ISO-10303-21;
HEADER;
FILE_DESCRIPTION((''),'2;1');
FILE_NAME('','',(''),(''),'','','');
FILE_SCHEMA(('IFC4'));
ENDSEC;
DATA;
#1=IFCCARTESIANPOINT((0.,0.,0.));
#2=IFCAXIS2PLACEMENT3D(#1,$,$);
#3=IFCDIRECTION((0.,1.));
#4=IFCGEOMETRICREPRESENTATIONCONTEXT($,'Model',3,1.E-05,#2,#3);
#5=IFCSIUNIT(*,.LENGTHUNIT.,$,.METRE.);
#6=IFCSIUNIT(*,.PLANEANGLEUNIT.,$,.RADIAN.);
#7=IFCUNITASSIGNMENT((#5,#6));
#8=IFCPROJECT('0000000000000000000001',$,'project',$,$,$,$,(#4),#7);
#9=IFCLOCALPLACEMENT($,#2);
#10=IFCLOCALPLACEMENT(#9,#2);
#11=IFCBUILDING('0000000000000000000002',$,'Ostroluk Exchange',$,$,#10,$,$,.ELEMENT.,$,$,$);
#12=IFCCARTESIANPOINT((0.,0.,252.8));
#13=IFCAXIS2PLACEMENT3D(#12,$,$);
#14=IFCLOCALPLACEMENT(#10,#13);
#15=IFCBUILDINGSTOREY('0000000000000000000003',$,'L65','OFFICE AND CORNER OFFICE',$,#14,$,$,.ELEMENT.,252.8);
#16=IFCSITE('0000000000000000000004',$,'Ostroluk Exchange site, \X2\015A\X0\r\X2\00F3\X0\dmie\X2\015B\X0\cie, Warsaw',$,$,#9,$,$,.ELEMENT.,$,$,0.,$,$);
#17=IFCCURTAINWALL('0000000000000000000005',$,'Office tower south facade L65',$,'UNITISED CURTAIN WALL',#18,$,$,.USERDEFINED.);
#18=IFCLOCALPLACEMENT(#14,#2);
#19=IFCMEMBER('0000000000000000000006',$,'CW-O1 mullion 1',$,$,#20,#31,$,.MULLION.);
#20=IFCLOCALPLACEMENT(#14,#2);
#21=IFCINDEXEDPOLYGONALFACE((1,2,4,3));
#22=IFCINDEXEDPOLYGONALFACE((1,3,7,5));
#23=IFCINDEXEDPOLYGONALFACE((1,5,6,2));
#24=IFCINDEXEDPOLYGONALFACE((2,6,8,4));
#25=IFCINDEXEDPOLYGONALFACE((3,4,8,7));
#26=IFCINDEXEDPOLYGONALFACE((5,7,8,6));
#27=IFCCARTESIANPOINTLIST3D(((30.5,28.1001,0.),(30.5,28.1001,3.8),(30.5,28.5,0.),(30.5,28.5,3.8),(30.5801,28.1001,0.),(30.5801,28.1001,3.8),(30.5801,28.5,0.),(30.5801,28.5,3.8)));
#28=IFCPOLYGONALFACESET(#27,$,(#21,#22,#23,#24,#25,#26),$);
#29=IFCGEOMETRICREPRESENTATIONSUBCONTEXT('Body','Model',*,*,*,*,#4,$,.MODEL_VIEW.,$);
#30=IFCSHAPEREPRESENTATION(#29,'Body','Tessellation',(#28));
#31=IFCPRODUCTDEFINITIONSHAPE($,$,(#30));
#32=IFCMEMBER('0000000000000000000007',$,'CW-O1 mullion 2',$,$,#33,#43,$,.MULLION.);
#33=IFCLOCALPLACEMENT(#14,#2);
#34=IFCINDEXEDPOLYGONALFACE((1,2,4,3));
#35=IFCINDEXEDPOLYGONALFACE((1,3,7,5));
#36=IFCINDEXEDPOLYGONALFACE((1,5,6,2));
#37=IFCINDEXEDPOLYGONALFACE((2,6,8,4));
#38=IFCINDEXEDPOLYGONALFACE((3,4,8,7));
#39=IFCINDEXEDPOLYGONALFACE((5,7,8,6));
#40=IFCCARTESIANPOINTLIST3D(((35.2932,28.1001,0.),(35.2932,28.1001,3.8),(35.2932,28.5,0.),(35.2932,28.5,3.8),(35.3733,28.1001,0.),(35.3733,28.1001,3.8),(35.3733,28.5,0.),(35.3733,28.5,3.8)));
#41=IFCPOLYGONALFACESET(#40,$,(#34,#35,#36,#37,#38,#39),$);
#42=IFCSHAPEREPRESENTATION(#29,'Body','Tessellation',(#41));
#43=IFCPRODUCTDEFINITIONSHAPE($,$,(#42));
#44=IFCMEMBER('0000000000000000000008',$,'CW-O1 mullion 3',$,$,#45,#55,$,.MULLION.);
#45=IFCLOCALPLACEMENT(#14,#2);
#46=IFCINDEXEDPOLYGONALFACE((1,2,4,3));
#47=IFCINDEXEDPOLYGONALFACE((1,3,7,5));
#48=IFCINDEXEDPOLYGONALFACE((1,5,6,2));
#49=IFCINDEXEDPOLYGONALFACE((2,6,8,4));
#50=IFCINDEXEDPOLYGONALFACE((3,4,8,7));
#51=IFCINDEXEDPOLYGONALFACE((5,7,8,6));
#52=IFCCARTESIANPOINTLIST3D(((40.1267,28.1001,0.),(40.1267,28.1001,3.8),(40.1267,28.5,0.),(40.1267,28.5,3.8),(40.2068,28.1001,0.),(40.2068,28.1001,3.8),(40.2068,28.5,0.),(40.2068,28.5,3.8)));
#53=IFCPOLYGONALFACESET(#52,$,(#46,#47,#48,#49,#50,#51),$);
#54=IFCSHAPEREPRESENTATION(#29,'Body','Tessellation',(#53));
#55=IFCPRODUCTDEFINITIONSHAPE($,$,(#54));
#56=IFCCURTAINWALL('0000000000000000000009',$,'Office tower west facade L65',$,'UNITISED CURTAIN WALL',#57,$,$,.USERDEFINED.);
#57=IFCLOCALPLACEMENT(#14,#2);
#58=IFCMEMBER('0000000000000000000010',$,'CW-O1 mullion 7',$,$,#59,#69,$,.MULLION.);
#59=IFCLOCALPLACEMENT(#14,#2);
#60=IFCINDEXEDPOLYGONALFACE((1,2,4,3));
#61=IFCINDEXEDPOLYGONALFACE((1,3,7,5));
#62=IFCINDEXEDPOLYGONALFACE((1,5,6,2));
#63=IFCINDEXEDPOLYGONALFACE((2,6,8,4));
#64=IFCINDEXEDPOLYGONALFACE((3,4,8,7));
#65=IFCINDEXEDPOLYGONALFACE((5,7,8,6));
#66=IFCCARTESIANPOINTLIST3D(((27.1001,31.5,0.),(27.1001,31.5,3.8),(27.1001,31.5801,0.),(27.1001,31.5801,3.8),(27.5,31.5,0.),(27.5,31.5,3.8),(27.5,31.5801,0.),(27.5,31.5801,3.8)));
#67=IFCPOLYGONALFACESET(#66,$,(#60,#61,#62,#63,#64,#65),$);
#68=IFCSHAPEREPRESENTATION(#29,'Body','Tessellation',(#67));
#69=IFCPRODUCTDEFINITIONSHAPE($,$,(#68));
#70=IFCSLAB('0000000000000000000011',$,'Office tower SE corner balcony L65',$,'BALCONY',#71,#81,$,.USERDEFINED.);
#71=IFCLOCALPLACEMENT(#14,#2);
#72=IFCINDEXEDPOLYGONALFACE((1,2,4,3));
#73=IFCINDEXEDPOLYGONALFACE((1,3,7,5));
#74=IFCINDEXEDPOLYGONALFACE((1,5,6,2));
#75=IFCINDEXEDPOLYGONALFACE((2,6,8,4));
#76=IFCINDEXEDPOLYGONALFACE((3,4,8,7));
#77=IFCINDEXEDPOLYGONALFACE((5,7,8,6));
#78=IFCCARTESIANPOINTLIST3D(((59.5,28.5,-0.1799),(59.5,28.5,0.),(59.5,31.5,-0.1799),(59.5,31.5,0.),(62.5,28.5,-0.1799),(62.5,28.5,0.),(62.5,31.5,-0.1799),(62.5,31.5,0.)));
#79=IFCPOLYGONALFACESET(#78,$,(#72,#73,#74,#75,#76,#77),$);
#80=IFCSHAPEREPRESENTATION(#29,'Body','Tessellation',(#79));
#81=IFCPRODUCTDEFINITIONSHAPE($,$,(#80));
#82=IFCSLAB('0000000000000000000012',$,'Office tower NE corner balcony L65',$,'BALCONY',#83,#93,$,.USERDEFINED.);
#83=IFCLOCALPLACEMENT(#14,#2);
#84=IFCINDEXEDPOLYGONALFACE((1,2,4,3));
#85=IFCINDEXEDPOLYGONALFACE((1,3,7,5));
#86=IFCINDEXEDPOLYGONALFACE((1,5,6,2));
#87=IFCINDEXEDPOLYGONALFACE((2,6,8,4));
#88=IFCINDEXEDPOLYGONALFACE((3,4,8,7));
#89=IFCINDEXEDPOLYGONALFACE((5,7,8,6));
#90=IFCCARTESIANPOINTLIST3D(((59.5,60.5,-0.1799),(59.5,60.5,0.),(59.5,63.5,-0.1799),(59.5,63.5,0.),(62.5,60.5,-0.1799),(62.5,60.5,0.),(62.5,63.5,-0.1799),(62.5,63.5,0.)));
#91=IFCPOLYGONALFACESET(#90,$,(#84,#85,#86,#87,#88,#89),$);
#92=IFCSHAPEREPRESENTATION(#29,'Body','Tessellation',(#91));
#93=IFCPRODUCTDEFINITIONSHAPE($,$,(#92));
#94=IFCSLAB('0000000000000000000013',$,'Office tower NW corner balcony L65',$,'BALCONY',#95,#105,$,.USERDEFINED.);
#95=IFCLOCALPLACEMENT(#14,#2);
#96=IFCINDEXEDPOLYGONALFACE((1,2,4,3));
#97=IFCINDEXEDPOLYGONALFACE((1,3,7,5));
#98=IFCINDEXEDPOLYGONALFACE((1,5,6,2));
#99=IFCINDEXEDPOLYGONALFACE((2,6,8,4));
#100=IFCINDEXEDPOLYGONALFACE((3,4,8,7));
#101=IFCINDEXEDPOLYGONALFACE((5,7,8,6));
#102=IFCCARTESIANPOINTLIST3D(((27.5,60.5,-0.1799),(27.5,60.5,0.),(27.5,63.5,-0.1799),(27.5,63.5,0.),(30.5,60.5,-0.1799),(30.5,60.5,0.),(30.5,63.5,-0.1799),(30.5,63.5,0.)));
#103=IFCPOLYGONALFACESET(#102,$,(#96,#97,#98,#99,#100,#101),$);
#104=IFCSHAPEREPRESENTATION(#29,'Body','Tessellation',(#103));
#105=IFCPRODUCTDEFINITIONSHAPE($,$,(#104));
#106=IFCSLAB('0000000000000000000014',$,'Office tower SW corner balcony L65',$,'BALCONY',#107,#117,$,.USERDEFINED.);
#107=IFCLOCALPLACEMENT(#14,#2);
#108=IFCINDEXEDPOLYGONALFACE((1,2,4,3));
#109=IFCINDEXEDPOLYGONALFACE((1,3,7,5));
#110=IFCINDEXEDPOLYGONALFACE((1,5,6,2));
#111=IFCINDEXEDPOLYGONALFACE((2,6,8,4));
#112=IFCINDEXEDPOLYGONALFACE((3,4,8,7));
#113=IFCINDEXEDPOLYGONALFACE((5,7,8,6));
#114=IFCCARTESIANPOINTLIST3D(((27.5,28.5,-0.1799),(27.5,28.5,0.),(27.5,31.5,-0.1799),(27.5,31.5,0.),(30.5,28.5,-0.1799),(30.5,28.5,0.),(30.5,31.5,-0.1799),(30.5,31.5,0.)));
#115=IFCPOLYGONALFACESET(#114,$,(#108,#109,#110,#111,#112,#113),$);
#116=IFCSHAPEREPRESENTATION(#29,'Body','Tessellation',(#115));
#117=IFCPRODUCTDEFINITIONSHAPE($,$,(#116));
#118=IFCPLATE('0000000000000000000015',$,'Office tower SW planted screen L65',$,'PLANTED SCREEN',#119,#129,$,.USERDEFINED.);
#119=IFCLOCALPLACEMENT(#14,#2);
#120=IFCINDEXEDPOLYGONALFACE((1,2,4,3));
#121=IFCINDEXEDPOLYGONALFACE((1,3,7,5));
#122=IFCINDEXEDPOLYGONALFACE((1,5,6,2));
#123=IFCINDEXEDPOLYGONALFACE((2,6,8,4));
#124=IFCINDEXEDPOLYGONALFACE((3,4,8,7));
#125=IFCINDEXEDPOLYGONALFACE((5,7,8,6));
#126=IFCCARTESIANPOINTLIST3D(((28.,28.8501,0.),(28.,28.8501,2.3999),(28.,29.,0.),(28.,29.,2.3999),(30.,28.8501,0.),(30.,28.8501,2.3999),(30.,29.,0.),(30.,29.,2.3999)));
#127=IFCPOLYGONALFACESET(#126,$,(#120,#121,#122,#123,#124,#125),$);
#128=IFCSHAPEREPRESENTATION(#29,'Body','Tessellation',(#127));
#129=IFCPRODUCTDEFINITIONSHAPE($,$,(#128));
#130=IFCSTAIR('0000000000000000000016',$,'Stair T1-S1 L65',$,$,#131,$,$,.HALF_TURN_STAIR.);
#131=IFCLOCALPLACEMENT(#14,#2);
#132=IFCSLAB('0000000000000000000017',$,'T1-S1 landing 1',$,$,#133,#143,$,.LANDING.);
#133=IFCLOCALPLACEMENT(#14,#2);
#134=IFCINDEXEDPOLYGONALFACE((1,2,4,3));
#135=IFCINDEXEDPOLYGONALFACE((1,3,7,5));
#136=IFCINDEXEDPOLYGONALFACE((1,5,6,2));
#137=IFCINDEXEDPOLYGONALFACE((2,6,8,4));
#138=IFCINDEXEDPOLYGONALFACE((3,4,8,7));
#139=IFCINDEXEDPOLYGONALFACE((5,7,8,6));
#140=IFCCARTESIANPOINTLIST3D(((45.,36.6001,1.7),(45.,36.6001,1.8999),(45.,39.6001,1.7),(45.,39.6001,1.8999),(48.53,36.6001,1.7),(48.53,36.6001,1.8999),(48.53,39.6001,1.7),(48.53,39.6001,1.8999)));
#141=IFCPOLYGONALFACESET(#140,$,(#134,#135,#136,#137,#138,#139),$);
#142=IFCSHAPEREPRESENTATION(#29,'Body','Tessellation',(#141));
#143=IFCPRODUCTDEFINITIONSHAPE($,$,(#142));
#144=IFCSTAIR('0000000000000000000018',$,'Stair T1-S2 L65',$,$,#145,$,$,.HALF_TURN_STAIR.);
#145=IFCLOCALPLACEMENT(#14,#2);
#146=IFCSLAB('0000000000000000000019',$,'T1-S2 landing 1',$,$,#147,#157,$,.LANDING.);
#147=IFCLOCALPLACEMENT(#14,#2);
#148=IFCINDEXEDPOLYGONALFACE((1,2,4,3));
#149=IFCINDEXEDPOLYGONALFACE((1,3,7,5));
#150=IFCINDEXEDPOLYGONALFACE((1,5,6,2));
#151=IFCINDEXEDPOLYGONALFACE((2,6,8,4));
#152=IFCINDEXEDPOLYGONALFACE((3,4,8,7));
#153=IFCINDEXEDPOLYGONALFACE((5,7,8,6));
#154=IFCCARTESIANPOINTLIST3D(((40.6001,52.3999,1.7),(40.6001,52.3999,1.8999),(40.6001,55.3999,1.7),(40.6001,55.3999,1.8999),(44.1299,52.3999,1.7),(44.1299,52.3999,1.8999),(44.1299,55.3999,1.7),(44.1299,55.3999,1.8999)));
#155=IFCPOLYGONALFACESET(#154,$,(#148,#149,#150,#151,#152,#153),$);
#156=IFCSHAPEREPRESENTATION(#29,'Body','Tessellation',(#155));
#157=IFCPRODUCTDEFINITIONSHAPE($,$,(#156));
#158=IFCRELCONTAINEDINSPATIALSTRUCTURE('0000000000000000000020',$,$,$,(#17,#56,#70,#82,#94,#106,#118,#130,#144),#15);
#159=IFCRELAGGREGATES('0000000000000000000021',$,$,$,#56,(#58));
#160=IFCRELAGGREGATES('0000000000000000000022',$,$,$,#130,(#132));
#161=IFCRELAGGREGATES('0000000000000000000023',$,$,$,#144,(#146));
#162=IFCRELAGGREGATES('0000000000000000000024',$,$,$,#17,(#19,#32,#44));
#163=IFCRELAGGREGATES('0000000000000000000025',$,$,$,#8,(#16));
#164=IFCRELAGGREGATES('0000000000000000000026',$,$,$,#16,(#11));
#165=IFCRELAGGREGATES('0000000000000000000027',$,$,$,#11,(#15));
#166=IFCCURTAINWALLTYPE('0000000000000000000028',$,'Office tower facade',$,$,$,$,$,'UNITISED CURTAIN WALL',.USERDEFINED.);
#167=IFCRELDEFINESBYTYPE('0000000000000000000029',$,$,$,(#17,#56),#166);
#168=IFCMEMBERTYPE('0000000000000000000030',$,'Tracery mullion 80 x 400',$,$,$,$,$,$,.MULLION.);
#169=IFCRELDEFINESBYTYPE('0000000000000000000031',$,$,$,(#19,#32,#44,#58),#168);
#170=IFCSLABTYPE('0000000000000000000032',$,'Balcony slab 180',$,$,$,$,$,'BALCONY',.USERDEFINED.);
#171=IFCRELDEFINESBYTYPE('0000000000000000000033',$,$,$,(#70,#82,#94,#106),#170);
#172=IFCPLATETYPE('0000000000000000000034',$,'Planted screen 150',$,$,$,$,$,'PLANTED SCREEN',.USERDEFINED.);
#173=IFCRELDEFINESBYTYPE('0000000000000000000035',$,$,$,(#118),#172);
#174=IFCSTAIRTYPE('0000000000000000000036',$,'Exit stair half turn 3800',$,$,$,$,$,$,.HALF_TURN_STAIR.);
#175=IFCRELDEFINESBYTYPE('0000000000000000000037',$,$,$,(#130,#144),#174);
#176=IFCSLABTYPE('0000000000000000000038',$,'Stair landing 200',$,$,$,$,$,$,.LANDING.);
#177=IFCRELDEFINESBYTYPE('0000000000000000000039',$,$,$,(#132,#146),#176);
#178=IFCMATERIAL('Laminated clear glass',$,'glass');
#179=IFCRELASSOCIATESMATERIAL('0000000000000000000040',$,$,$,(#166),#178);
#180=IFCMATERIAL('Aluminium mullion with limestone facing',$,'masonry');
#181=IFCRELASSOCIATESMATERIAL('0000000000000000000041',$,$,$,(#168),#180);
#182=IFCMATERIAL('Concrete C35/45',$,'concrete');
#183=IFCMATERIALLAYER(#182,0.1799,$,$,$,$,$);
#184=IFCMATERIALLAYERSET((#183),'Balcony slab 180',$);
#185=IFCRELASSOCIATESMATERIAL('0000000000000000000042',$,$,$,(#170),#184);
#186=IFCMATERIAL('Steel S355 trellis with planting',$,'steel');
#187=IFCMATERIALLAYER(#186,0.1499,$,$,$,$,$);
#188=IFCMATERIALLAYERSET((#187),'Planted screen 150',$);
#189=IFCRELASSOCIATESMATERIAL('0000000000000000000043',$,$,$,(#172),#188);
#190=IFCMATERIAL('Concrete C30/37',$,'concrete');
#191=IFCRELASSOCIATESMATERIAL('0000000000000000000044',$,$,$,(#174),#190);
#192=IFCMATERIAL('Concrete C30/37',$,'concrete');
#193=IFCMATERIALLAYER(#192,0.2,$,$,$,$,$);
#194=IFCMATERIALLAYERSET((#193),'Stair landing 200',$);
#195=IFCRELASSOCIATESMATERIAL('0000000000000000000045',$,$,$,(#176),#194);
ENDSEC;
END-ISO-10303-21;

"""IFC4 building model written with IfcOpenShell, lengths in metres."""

from ifc_helpers import new_model, si_unit, direction, frame, origin, origin_2d, place, context, subcontext, project, spatial, polyline, rectangle, outline, extrude, material, layer, layer_set, material_profile, profile_set, type_object, element, aggregate, save


model = new_model("IFC4")

# Units and contexts
model_context = context("Model", 3, precision=1e-05, world=origin(), true_north=direction((0.0, 1.0)))
body_context = subcontext(model_context, "Body", "Model", "MODEL_VIEW")
ifc_project = project(units=[si_unit("LENGTHUNIT", "METRE"), si_unit("PLANEANGLEUNIT", "RADIAN")], contexts=[model_context])

# Site, building, storey
site_placement = place(None, origin())
site = spatial("IfcSite", under=ifc_project, at=site_placement, Name="Ostroluk Exchange site, Śródmieście, Warsaw", CompositionType="ELEMENT", RefElevation=0.0)
building_placement = place(site_placement, origin())
building = spatial("IfcBuilding", under=site, at=building_placement, Name="Ostroluk Exchange", CompositionType="ELEMENT")
storey_placement = place(building_placement, frame((0.0, 0.0, 252.8)))
storey = spatial("IfcBuildingStorey", under=building, at=storey_placement, Name="L65", Description="OFFICE AND CORNER OFFICE", CompositionType="ELEMENT", Elevation=252.8)

# Curtain wall, members
ifc_material_1 = material(Name="Laminated clear glass", Category="glass")
curtain_wall_type = type_object("IfcCurtainWallType", Name="Office tower facade", ElementType="UNITISED CURTAIN WALL", PredefinedType="USERDEFINED", material=ifc_material_1)
curtain_wall_1_placement = place(storey_placement, origin())
curtain_wall_1 = element("IfcCurtainWall", 1, at=curtain_wall_1_placement, inside=storey, type_object=curtain_wall_type, Name="Office tower south facade L65", ObjectType="UNITISED CURTAIN WALL", PredefinedType="USERDEFINED")
ifc_material_2 = material(Name="Aluminium mullion with limestone facing", Category="masonry")
ifc_material_profile_1 = material_profile(ifc_material_2, rectangle(XDim=0.3999, YDim=0.0801, at=origin_2d()), Name="Tracery mullion 80 x 400")
ifc_profile_set_1 = profile_set([ifc_material_profile_1], Name="Aluminium mullion with limestone facing")
member_type_1 = type_object("IfcMemberType", Name="Tracery mullion 80 x 400", PredefinedType="MULLION", material=ifc_profile_set_1)
member_1_placement = place(storey_placement, frame((30.54, 28.3, 0.0), z_axis=(0.0, 0.0, 1.0), x_axis=(0.0, 1.0, 0.0)))
member_1 = element("IfcMember", 2, at=member_1_placement, type_object=member_type_1, Name="CW-O1 mullion 1", PredefinedType="MULLION", context=body_context, shape_type="SweptSolid", body=[
    extrude(rectangle(XDim=0.3999, YDim=0.0801, at=origin_2d()), origin(), (0.0, 0.0, 1.0), 3.8),
])
member_2_placement = place(storey_placement, frame((35.3333, 28.3, 0.0), z_axis=(0.0, 0.0, 1.0), x_axis=(0.0, 1.0, 0.0)))
member_2 = element("IfcMember", 3, at=member_2_placement, type_object=member_type_1, Name="CW-O1 mullion 2", PredefinedType="MULLION", context=body_context, shape_type="SweptSolid", body=[
    extrude(rectangle(XDim=0.3999, YDim=0.0801, at=origin_2d()), origin(), (0.0, 0.0, 1.0), 3.8),
])
member_3_placement = place(storey_placement, frame((40.1667, 28.3, 0.0), z_axis=(0.0, 0.0, 1.0), x_axis=(0.0, 1.0, 0.0)))
member_3 = element("IfcMember", 4, at=member_3_placement, type_object=member_type_1, Name="CW-O1 mullion 3", PredefinedType="MULLION", context=body_context, shape_type="SweptSolid", body=[
    extrude(rectangle(XDim=0.3999, YDim=0.0801, at=origin_2d()), origin(), (0.0, 0.0, 1.0), 3.8),
])

# Curtain wall, member
curtain_wall_2_placement = place(storey_placement, origin())
curtain_wall_2 = element("IfcCurtainWall", 5, at=curtain_wall_2_placement, inside=storey, type_object=curtain_wall_type, Name="Office tower west facade L65", ObjectType="UNITISED CURTAIN WALL", PredefinedType="USERDEFINED")
member_4_placement = place(storey_placement, frame((27.3, 31.54, 0.0), z_axis=(0.0, 0.0, 1.0), x_axis=(1.0, 0.0, 0.0)))
member_4 = element("IfcMember", 6, at=member_4_placement, type_object=member_type_1, Name="CW-O1 mullion 7", PredefinedType="MULLION", context=body_context, shape_type="SweptSolid", body=[
    extrude(rectangle(XDim=0.3999, YDim=0.0801, at=origin_2d()), origin(), (0.0, 0.0, 1.0), 3.8),
])
aggregate(curtain_wall_2, [member_4])

# Slabs
ifc_material_3 = material(Name="Concrete C35/45", Category="concrete")
ifc_layer_1 = layer(ifc_material_3, 0.1799)
ifc_layer_set_1 = layer_set([ifc_layer_1], Name="Balcony slab 180")
slab_type_1 = type_object("IfcSlabType", Name="Balcony slab 180", ElementType="BALCONY", PredefinedType="USERDEFINED", material=ifc_layer_set_1)
slab_1_placement = place(storey_placement, frame((0.0, 0.0, -0.1799)))
element("IfcSlab", 7, at=slab_1_placement, inside=storey, type_object=slab_type_1, Name="Office tower SE corner balcony L65", ObjectType="BALCONY", PredefinedType="USERDEFINED", context=body_context, shape_type="SweptSolid", body=[
    extrude(outline(polyline([(59.5, 28.5), (62.5, 28.5), (62.5, 31.5), (59.5, 31.5), (59.5, 28.5)])), origin(), (0.0, 0.0, 1.0), 0.1799),
])
slab_2_placement = place(storey_placement, frame((0.0, 0.0, -0.1799)))
element("IfcSlab", 8, at=slab_2_placement, inside=storey, type_object=slab_type_1, Name="Office tower NE corner balcony L65", ObjectType="BALCONY", PredefinedType="USERDEFINED", context=body_context, shape_type="SweptSolid", body=[
    extrude(outline(polyline([(59.5, 60.5), (62.5, 60.5), (62.5, 63.5), (59.5, 63.5), (59.5, 60.5)])), origin(), (0.0, 0.0, 1.0), 0.1799),
])
slab_3_placement = place(storey_placement, frame((0.0, 0.0, -0.1799)))
element("IfcSlab", 9, at=slab_3_placement, inside=storey, type_object=slab_type_1, Name="Office tower NW corner balcony L65", ObjectType="BALCONY", PredefinedType="USERDEFINED", context=body_context, shape_type="SweptSolid", body=[
    extrude(outline(polyline([(27.5, 60.5), (30.5, 60.5), (30.5, 63.5), (27.5, 63.5), (27.5, 60.5)])), origin(), (0.0, 0.0, 1.0), 0.1799),
])
slab_4_placement = place(storey_placement, frame((0.0, 0.0, -0.1799)))
element("IfcSlab", 10, at=slab_4_placement, inside=storey, type_object=slab_type_1, Name="Office tower SW corner balcony L65", ObjectType="BALCONY", PredefinedType="USERDEFINED", context=body_context, shape_type="SweptSolid", body=[
    extrude(outline(polyline([(27.5, 28.5), (30.5, 28.5), (30.5, 31.5), (27.5, 31.5), (27.5, 28.5)])), origin(), (0.0, 0.0, 1.0), 0.1799),
])

# Plate
ifc_material_4 = material(Name="Steel S355 trellis with planting", Category="steel")
ifc_layer_2 = layer(ifc_material_4, 0.1499)
ifc_layer_set_2 = layer_set([ifc_layer_2], Name="Planted screen 150")
plate_type_1 = type_object("IfcPlateType", Name="Planted screen 150", ElementType="PLANTED SCREEN", PredefinedType="USERDEFINED", material=ifc_layer_set_2)
plate_1_placement = place(storey_placement, frame((29.0, 28.925, 0.0), z_axis=(0.0, 0.0, 1.0), x_axis=(1.0, 0.0, 0.0)))
element("IfcPlate", 11, at=plate_1_placement, inside=storey, type_object=plate_type_1, Name="Office tower SW planted screen L65", ObjectType="PLANTED SCREEN", PredefinedType="USERDEFINED", context=body_context, shape_type="SweptSolid", body=[
    extrude(rectangle(XDim=2.0, YDim=0.1499, at=origin_2d()), origin(), (0.0, 0.0, 1.0), 2.3999),
])

# Stairs, slabs
ifc_material_5 = material(Name="Concrete C30/37", Category="concrete")
stair_type = type_object("IfcStairType", Name="Exit stair half turn 3800", PredefinedType="HALF_TURN_STAIR", material=ifc_material_5)
stair_1_placement = place(storey_placement, origin())
stair_1 = element("IfcStair", 12, at=stair_1_placement, inside=storey, type_object=stair_type, Name="Stair T1-S1 L65", PredefinedType="HALF_TURN_STAIR")
ifc_material_6 = material(Name="Concrete C30/37", Category="concrete")
ifc_layer_3 = layer(ifc_material_6, 0.2)
ifc_layer_set_3 = layer_set([ifc_layer_3], Name="Stair landing 200")
slab_type_2 = type_object("IfcSlabType", Name="Stair landing 200", PredefinedType="LANDING", material=ifc_layer_set_3)
slab_5_placement = place(storey_placement, frame((0.0, 0.0, 1.7)))
slab_5 = element("IfcSlab", 13, at=slab_5_placement, type_object=slab_type_2, Name="T1-S1 landing 1", PredefinedType="LANDING", context=body_context, shape_type="SweptSolid", body=[
    extrude(outline(polyline([(45.0, 36.6001), (45.0, 39.6001), (48.53, 39.6001), (48.53, 36.6001), (45.0, 36.6001)])), origin(), (0.0, 0.0, 1.0), 0.2),
])
aggregate(stair_1, [slab_5])
stair_2_placement = place(storey_placement, origin())
stair_2 = element("IfcStair", 14, at=stair_2_placement, inside=storey, type_object=stair_type, Name="Stair T1-S2 L65", PredefinedType="HALF_TURN_STAIR")
slab_6_placement = place(storey_placement, frame((0.0, 0.0, 1.7)))
slab_6 = element("IfcSlab", 15, at=slab_6_placement, type_object=slab_type_2, Name="T1-S2 landing 1", PredefinedType="LANDING", context=body_context, shape_type="SweptSolid", body=[
    extrude(outline(polyline([(44.1299, 52.3999), (44.1299, 55.3999), (40.6001, 55.3999), (40.6001, 52.3999), (44.1299, 52.3999)])), origin(), (0.0, 0.0, 1.0), 0.2),
])
aggregate(stair_2, [slab_6])

aggregate(curtain_wall_1, [member_1, member_2, member_3])

save(model, "model.ifc")
